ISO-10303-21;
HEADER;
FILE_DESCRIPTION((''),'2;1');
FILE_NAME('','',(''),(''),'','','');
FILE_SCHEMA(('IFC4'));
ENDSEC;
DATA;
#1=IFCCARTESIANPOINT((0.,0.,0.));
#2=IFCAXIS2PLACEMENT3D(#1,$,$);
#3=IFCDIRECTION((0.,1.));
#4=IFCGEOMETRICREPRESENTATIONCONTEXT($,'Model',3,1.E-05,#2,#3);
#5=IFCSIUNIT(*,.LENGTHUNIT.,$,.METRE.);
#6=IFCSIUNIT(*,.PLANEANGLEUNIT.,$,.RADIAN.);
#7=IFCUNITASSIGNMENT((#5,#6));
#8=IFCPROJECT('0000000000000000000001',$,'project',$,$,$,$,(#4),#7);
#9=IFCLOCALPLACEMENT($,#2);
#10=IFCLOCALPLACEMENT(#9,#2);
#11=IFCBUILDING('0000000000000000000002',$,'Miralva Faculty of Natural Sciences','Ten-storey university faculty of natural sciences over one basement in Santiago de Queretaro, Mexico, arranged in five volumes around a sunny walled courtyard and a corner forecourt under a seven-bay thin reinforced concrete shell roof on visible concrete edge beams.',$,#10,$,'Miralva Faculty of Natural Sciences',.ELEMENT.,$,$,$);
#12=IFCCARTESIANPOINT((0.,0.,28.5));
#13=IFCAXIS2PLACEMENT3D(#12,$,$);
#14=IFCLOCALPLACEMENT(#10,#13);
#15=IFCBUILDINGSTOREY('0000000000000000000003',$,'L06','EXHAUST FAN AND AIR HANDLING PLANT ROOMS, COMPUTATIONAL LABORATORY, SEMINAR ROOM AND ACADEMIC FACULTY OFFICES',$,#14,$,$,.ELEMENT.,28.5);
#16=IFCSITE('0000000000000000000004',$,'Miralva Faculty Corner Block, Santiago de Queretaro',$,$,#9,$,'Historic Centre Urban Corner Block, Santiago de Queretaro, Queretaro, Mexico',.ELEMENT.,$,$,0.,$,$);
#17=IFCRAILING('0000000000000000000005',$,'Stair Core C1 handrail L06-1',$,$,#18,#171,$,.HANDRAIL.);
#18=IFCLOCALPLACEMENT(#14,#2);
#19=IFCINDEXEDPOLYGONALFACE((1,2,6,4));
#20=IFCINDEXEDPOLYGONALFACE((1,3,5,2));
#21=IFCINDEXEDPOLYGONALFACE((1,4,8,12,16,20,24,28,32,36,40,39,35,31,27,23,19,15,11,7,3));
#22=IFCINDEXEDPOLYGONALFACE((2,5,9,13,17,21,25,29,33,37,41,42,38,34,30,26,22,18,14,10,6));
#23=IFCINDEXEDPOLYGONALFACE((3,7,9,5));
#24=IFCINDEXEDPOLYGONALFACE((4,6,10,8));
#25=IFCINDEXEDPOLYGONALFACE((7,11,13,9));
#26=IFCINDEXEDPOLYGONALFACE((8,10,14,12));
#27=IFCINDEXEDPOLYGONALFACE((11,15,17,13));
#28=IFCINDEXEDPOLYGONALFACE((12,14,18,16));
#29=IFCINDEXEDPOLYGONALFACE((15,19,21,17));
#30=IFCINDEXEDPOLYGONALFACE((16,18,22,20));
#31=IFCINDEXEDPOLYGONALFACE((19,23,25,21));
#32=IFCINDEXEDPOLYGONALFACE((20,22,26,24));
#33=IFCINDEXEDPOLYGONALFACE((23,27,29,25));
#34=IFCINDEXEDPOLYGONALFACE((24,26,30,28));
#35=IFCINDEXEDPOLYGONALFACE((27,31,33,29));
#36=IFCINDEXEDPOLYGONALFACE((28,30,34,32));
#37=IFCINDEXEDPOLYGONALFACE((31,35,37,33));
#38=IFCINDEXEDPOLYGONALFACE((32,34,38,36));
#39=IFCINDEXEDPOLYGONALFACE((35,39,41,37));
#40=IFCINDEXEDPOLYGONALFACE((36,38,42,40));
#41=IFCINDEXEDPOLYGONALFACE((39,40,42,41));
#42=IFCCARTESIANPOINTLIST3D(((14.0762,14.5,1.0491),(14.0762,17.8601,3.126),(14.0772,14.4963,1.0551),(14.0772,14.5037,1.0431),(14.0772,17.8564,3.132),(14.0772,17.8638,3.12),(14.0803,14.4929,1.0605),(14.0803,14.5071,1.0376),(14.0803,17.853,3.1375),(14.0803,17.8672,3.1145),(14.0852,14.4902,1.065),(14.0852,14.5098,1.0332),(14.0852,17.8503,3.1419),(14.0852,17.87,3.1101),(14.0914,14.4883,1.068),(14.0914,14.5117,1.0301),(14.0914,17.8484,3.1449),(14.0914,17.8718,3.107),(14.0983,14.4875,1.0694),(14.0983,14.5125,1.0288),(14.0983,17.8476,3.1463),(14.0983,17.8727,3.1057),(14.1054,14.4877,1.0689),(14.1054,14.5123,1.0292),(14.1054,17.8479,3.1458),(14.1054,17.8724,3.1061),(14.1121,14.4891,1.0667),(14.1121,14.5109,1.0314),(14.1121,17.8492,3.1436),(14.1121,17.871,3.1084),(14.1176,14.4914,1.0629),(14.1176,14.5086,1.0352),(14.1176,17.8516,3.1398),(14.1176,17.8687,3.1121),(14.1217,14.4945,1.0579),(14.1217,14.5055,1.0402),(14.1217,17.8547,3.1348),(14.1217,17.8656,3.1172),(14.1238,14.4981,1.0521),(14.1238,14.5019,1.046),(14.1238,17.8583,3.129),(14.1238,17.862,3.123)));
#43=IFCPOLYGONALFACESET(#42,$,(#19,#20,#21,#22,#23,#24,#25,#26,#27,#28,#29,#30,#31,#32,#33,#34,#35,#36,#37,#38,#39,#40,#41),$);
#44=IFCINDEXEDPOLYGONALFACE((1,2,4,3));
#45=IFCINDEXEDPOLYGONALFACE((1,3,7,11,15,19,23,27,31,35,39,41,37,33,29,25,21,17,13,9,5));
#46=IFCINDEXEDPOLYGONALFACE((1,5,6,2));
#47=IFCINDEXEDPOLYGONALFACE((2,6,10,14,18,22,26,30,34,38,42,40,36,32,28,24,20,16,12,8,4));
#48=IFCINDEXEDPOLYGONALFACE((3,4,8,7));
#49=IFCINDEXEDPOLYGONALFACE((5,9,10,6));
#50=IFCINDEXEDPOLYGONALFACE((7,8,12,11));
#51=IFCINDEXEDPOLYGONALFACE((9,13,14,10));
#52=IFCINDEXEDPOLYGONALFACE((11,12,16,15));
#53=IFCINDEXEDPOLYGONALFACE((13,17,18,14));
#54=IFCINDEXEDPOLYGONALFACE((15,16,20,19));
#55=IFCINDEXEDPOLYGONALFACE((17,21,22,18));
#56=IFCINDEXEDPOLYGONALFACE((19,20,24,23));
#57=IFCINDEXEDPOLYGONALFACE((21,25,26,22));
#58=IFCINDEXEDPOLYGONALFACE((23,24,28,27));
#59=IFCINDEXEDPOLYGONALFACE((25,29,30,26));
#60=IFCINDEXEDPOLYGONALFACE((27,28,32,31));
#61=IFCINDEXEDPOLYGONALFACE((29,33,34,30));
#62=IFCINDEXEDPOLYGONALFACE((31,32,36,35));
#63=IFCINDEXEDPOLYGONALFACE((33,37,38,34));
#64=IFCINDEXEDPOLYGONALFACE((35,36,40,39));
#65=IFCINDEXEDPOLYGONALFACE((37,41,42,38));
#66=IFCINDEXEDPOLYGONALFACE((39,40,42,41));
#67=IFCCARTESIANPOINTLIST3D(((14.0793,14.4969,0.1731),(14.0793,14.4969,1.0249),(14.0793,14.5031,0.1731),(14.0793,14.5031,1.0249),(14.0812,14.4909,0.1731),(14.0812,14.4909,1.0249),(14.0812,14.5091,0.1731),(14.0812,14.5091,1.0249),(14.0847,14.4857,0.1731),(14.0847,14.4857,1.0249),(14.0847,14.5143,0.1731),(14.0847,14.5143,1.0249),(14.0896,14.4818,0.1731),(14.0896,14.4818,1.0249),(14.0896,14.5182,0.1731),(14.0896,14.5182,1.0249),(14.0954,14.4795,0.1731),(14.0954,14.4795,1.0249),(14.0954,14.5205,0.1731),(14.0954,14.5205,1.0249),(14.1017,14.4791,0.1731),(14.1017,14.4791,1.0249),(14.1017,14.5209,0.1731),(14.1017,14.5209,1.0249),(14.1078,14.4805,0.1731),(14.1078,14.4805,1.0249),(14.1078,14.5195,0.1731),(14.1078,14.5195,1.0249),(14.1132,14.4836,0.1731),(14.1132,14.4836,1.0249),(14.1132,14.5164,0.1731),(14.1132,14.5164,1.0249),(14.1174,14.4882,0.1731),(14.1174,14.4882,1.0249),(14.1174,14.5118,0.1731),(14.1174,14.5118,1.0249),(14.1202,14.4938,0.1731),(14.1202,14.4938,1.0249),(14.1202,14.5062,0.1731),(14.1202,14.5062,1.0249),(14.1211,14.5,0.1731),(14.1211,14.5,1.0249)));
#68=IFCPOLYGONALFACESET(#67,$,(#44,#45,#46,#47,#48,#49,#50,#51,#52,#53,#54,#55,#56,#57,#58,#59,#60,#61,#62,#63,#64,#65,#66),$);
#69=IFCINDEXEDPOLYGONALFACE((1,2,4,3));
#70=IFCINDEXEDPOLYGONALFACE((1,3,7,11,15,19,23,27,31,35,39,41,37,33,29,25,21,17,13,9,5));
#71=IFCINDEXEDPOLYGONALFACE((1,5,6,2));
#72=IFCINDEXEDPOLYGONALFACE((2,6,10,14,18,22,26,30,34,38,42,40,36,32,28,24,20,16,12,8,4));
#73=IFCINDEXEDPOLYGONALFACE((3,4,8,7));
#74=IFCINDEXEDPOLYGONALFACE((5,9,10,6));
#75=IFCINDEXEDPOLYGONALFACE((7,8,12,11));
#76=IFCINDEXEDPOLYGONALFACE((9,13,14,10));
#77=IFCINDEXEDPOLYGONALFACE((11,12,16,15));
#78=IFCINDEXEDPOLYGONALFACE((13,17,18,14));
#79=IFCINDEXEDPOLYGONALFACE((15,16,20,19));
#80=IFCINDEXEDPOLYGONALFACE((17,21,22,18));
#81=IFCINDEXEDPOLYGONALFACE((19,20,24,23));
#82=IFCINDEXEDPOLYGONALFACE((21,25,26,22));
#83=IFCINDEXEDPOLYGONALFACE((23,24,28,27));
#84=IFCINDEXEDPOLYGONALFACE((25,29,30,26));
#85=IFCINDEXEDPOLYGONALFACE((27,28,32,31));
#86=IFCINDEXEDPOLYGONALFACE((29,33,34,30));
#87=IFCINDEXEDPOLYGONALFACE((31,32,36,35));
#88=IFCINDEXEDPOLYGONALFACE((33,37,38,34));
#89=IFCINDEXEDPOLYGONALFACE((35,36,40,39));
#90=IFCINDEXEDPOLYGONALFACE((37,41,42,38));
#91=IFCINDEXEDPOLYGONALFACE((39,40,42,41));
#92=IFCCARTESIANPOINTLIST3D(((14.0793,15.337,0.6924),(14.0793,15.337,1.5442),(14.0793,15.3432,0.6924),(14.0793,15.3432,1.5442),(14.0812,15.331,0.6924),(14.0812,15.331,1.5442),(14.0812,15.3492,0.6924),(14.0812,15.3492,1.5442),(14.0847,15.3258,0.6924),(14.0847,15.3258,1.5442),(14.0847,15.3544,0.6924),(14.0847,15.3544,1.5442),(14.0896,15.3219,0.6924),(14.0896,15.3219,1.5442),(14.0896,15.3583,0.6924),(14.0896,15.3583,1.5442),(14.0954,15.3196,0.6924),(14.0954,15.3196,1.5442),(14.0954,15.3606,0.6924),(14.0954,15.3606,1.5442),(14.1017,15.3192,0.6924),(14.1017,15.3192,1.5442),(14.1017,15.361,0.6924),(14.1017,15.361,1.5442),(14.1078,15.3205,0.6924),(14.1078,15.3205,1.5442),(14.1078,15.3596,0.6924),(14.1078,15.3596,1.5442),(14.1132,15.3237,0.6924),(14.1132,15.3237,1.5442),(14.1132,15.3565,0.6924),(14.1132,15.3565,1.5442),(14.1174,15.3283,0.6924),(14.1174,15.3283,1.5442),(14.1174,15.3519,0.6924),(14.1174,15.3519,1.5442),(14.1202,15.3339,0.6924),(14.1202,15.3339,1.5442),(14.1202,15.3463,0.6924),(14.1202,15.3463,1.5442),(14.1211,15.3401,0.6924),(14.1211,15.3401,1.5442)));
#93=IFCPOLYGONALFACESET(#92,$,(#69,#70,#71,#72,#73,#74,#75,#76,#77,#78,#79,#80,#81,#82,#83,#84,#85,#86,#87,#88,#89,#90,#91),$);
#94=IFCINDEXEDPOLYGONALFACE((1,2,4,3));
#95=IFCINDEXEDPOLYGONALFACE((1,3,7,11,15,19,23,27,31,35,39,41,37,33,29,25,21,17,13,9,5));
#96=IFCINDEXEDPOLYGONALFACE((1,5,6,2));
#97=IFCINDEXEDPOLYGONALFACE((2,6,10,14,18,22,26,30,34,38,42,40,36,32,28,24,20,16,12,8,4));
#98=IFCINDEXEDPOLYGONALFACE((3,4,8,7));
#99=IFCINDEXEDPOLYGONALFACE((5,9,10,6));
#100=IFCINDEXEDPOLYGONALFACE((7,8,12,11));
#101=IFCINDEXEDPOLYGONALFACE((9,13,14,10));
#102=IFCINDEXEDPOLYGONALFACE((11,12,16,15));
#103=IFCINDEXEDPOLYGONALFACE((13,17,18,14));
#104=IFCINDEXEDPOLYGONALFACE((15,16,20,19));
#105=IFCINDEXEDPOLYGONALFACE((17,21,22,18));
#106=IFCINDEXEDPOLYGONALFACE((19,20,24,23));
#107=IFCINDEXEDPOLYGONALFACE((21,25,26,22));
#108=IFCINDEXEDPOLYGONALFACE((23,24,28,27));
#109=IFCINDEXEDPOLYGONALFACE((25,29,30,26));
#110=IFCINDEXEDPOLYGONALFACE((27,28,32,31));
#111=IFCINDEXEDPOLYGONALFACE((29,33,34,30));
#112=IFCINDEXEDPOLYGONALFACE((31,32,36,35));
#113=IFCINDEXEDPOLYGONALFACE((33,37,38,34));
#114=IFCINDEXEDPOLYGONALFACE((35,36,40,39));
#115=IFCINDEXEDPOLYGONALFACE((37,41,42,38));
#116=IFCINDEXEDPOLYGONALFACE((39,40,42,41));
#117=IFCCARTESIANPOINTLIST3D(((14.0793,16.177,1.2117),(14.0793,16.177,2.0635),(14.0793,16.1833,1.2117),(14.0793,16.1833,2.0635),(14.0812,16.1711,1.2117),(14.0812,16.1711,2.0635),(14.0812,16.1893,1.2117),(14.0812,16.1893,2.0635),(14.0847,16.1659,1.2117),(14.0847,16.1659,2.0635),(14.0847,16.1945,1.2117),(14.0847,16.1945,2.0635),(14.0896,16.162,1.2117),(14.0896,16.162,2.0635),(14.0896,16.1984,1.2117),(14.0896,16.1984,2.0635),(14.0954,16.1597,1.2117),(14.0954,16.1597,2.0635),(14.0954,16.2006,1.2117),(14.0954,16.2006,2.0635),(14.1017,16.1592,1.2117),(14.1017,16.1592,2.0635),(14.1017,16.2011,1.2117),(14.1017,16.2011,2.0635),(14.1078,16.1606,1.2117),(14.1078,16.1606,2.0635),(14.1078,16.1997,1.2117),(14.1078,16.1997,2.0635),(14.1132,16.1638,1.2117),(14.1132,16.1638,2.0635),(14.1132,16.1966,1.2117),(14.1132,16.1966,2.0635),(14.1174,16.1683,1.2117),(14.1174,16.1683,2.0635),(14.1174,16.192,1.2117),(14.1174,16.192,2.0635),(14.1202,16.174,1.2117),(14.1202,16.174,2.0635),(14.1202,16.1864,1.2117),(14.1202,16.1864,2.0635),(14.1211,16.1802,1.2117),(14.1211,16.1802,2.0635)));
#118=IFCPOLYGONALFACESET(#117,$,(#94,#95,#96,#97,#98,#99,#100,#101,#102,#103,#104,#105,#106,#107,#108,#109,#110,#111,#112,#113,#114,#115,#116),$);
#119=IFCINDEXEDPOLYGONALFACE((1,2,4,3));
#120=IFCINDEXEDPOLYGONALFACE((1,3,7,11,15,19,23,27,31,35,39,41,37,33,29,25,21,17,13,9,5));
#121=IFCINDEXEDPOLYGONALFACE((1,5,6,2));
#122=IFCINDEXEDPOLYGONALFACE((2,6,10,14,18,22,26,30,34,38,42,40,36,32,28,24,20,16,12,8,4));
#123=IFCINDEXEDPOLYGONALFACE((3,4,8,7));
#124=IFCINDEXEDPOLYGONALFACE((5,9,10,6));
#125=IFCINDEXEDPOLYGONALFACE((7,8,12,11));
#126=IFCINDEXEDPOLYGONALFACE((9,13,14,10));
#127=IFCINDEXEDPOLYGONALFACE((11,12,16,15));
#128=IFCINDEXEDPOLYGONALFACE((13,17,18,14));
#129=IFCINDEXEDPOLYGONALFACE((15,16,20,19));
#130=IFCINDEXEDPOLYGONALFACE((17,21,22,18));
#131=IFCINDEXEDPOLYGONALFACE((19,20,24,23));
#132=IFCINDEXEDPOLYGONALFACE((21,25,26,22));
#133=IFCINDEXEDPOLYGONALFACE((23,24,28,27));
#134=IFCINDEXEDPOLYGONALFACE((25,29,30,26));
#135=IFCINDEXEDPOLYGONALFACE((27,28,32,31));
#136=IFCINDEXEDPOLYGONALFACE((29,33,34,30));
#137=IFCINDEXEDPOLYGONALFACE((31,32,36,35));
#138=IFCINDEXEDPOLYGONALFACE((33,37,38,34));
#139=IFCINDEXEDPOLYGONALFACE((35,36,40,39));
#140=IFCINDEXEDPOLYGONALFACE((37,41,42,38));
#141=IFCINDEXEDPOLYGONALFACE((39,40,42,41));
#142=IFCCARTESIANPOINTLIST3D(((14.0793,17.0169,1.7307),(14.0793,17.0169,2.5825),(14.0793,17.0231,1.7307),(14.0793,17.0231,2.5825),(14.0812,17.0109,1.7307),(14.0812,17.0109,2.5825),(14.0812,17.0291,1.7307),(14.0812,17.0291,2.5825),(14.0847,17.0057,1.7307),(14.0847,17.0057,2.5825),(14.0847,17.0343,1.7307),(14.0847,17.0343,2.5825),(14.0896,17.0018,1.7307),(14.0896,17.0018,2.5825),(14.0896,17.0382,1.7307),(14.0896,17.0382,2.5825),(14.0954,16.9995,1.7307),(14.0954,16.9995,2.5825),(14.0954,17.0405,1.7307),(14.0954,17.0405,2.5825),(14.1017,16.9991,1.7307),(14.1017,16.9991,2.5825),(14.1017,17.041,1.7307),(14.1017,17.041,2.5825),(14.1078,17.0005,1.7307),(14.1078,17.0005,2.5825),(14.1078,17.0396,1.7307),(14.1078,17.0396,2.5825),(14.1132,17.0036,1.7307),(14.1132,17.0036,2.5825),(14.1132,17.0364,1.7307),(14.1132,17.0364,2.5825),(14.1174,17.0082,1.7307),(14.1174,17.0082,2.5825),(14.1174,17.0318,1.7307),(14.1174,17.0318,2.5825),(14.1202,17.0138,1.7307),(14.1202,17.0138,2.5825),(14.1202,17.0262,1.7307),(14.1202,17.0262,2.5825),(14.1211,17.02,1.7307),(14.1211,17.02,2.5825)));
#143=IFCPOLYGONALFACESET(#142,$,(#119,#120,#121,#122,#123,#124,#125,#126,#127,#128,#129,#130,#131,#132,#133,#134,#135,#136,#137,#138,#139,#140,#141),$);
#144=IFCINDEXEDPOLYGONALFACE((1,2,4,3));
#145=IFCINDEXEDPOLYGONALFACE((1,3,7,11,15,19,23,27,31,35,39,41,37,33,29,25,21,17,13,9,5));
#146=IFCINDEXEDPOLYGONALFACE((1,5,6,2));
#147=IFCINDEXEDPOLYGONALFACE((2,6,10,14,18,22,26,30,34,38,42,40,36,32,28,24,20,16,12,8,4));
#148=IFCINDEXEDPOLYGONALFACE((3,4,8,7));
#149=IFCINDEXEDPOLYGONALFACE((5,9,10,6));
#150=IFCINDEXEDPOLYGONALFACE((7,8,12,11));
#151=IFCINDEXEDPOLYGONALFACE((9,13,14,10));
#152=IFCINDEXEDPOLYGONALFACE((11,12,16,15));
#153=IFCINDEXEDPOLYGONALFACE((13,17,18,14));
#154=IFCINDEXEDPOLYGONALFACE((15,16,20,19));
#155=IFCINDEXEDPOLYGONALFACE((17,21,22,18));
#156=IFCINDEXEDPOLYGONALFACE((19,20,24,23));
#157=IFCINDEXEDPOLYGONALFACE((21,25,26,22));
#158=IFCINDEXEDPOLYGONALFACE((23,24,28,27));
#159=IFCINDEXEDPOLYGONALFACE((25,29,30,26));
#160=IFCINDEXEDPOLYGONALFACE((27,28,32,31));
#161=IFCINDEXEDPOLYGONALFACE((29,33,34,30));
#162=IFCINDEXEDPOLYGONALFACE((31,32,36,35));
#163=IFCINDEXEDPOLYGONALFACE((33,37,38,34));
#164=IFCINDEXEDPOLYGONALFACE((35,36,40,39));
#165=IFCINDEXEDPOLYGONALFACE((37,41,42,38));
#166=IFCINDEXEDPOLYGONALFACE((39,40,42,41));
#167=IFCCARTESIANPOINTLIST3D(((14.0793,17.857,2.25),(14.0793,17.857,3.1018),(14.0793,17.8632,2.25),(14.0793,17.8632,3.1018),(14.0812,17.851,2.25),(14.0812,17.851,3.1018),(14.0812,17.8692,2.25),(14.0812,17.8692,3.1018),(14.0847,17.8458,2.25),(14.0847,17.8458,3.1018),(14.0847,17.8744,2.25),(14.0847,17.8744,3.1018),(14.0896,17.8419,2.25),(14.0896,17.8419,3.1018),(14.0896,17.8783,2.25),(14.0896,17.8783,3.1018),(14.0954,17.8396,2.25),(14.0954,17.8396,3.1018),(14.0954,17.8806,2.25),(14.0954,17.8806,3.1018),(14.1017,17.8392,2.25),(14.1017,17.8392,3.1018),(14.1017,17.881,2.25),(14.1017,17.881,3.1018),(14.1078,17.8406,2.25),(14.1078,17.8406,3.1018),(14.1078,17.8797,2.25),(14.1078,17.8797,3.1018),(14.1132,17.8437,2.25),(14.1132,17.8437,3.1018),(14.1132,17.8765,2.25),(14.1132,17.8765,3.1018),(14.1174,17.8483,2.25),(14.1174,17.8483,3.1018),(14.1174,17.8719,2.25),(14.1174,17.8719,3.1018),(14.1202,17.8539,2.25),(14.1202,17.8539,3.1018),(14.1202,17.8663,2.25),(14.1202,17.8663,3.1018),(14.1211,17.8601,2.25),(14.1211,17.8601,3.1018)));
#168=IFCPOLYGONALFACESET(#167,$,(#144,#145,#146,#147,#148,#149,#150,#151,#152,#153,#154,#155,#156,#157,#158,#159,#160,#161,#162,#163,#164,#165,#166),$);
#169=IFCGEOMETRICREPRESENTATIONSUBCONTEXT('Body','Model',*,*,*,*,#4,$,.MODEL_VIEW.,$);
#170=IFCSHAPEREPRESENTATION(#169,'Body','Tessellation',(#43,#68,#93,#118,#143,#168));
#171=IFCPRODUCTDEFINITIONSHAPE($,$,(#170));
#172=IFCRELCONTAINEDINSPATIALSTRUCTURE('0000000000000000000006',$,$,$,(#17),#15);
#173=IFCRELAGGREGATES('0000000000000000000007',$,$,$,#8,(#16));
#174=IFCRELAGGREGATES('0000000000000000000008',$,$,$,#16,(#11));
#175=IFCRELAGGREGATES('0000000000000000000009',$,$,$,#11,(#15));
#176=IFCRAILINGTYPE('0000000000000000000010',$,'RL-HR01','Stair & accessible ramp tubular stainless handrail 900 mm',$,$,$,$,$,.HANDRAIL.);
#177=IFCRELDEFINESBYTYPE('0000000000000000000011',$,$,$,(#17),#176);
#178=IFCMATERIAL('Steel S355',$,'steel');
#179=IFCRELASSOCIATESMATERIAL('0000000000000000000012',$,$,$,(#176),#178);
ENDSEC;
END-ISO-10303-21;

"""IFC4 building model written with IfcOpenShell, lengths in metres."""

from ifc_helpers import new_model, si_unit, direction, frame, origin, origin_2d, place, context, subcontext, project, spatial, circle, extrude, material, type_object, element, save


model = new_model("IFC4")

# Units and contexts
model_context = context("Model", 3, precision=1e-05, world=origin(), true_north=direction((0.0, 1.0)))
body_context = subcontext(model_context, "Body", "Model", "MODEL_VIEW")
ifc_project = project(units=[si_unit("LENGTHUNIT", "METRE"), si_unit("PLANEANGLEUNIT", "RADIAN")], contexts=[model_context])

# Site, building, storey
site_placement = place(None, origin())
site = spatial("IfcSite", under=ifc_project, at=site_placement, Name="Miralva Faculty Corner Block, Santiago de Queretaro", LongName="Historic Centre Urban Corner Block, Santiago de Queretaro, Queretaro, Mexico", CompositionType="ELEMENT", RefElevation=0.0)
building_placement = place(site_placement, origin())
building = spatial("IfcBuilding", under=site, at=building_placement, Name="Miralva Faculty of Natural Sciences", Description="Ten-storey university faculty of natural sciences over one basement in Santiago de Queretaro, Mexico, arranged in five volumes around a sunny walled courtyard and a corner forecourt under a seven-bay thin reinforced concrete shell roof on visible concrete edge beams.", LongName="Miralva Faculty of Natural Sciences", CompositionType="ELEMENT")
storey_placement = place(building_placement, frame((0.0, 0.0, 28.5)))
storey = spatial("IfcBuildingStorey", under=building, at=storey_placement, Name="L06", Description="EXHAUST FAN AND AIR HANDLING PLANT ROOMS, COMPUTATIONAL LABORATORY, SEMINAR ROOM AND ACADEMIC FACULTY OFFICES", CompositionType="ELEMENT", Elevation=28.5)

# Railing
ifc_material_1 = material(Name="Steel S355", Category="steel")
railing_type_1 = type_object("IfcRailingType", Name="RL-HR01", Description="Stair & accessible ramp tubular stainless handrail 900 mm", PredefinedType="HANDRAIL", material=ifc_material_1)
railing_1_placement = place(storey_placement, frame((14.1001, 14.5, 0.1731)))
element("IfcRailing", 1, at=railing_1_placement, inside=storey, type_object=railing_type_1, Name="Stair Core C1 handrail L06-1", PredefinedType="HANDRAIL", context=body_context, shape_type="SweptSolid", body=[
    extrude(circle(Radius=0.0239, at=origin_2d()), frame((0.0, 0.0, 0.876), z_axis=(0.0, 0.850623, 0.525776), x_axis=(-1.0, 0.0, 0.0)), (0.0, 0.0, 1.0), 3.9502),
    extrude(circle(Radius=0.021, at=origin_2d()), origin(), (0.0, 0.0, 1.0), 0.8518),
    extrude(circle(Radius=0.021, at=origin_2d()), frame((0.0, 0.8401, 0.5193)), (0.0, 0.0, 1.0), 0.8518),
    extrude(circle(Radius=0.021, at=origin_2d()), frame((0.0, 1.6802, 1.0386)), (0.0, 0.0, 1.0), 0.8518),
    extrude(circle(Radius=0.021, at=origin_2d()), frame((0.0, 2.52, 1.5576)), (0.0, 0.0, 1.0), 0.8518),
    extrude(circle(Radius=0.021, at=origin_2d()), frame((0.0, 3.3601, 2.0769)), (0.0, 0.0, 1.0), 0.8518),
])

save(model, "model.ifc")
